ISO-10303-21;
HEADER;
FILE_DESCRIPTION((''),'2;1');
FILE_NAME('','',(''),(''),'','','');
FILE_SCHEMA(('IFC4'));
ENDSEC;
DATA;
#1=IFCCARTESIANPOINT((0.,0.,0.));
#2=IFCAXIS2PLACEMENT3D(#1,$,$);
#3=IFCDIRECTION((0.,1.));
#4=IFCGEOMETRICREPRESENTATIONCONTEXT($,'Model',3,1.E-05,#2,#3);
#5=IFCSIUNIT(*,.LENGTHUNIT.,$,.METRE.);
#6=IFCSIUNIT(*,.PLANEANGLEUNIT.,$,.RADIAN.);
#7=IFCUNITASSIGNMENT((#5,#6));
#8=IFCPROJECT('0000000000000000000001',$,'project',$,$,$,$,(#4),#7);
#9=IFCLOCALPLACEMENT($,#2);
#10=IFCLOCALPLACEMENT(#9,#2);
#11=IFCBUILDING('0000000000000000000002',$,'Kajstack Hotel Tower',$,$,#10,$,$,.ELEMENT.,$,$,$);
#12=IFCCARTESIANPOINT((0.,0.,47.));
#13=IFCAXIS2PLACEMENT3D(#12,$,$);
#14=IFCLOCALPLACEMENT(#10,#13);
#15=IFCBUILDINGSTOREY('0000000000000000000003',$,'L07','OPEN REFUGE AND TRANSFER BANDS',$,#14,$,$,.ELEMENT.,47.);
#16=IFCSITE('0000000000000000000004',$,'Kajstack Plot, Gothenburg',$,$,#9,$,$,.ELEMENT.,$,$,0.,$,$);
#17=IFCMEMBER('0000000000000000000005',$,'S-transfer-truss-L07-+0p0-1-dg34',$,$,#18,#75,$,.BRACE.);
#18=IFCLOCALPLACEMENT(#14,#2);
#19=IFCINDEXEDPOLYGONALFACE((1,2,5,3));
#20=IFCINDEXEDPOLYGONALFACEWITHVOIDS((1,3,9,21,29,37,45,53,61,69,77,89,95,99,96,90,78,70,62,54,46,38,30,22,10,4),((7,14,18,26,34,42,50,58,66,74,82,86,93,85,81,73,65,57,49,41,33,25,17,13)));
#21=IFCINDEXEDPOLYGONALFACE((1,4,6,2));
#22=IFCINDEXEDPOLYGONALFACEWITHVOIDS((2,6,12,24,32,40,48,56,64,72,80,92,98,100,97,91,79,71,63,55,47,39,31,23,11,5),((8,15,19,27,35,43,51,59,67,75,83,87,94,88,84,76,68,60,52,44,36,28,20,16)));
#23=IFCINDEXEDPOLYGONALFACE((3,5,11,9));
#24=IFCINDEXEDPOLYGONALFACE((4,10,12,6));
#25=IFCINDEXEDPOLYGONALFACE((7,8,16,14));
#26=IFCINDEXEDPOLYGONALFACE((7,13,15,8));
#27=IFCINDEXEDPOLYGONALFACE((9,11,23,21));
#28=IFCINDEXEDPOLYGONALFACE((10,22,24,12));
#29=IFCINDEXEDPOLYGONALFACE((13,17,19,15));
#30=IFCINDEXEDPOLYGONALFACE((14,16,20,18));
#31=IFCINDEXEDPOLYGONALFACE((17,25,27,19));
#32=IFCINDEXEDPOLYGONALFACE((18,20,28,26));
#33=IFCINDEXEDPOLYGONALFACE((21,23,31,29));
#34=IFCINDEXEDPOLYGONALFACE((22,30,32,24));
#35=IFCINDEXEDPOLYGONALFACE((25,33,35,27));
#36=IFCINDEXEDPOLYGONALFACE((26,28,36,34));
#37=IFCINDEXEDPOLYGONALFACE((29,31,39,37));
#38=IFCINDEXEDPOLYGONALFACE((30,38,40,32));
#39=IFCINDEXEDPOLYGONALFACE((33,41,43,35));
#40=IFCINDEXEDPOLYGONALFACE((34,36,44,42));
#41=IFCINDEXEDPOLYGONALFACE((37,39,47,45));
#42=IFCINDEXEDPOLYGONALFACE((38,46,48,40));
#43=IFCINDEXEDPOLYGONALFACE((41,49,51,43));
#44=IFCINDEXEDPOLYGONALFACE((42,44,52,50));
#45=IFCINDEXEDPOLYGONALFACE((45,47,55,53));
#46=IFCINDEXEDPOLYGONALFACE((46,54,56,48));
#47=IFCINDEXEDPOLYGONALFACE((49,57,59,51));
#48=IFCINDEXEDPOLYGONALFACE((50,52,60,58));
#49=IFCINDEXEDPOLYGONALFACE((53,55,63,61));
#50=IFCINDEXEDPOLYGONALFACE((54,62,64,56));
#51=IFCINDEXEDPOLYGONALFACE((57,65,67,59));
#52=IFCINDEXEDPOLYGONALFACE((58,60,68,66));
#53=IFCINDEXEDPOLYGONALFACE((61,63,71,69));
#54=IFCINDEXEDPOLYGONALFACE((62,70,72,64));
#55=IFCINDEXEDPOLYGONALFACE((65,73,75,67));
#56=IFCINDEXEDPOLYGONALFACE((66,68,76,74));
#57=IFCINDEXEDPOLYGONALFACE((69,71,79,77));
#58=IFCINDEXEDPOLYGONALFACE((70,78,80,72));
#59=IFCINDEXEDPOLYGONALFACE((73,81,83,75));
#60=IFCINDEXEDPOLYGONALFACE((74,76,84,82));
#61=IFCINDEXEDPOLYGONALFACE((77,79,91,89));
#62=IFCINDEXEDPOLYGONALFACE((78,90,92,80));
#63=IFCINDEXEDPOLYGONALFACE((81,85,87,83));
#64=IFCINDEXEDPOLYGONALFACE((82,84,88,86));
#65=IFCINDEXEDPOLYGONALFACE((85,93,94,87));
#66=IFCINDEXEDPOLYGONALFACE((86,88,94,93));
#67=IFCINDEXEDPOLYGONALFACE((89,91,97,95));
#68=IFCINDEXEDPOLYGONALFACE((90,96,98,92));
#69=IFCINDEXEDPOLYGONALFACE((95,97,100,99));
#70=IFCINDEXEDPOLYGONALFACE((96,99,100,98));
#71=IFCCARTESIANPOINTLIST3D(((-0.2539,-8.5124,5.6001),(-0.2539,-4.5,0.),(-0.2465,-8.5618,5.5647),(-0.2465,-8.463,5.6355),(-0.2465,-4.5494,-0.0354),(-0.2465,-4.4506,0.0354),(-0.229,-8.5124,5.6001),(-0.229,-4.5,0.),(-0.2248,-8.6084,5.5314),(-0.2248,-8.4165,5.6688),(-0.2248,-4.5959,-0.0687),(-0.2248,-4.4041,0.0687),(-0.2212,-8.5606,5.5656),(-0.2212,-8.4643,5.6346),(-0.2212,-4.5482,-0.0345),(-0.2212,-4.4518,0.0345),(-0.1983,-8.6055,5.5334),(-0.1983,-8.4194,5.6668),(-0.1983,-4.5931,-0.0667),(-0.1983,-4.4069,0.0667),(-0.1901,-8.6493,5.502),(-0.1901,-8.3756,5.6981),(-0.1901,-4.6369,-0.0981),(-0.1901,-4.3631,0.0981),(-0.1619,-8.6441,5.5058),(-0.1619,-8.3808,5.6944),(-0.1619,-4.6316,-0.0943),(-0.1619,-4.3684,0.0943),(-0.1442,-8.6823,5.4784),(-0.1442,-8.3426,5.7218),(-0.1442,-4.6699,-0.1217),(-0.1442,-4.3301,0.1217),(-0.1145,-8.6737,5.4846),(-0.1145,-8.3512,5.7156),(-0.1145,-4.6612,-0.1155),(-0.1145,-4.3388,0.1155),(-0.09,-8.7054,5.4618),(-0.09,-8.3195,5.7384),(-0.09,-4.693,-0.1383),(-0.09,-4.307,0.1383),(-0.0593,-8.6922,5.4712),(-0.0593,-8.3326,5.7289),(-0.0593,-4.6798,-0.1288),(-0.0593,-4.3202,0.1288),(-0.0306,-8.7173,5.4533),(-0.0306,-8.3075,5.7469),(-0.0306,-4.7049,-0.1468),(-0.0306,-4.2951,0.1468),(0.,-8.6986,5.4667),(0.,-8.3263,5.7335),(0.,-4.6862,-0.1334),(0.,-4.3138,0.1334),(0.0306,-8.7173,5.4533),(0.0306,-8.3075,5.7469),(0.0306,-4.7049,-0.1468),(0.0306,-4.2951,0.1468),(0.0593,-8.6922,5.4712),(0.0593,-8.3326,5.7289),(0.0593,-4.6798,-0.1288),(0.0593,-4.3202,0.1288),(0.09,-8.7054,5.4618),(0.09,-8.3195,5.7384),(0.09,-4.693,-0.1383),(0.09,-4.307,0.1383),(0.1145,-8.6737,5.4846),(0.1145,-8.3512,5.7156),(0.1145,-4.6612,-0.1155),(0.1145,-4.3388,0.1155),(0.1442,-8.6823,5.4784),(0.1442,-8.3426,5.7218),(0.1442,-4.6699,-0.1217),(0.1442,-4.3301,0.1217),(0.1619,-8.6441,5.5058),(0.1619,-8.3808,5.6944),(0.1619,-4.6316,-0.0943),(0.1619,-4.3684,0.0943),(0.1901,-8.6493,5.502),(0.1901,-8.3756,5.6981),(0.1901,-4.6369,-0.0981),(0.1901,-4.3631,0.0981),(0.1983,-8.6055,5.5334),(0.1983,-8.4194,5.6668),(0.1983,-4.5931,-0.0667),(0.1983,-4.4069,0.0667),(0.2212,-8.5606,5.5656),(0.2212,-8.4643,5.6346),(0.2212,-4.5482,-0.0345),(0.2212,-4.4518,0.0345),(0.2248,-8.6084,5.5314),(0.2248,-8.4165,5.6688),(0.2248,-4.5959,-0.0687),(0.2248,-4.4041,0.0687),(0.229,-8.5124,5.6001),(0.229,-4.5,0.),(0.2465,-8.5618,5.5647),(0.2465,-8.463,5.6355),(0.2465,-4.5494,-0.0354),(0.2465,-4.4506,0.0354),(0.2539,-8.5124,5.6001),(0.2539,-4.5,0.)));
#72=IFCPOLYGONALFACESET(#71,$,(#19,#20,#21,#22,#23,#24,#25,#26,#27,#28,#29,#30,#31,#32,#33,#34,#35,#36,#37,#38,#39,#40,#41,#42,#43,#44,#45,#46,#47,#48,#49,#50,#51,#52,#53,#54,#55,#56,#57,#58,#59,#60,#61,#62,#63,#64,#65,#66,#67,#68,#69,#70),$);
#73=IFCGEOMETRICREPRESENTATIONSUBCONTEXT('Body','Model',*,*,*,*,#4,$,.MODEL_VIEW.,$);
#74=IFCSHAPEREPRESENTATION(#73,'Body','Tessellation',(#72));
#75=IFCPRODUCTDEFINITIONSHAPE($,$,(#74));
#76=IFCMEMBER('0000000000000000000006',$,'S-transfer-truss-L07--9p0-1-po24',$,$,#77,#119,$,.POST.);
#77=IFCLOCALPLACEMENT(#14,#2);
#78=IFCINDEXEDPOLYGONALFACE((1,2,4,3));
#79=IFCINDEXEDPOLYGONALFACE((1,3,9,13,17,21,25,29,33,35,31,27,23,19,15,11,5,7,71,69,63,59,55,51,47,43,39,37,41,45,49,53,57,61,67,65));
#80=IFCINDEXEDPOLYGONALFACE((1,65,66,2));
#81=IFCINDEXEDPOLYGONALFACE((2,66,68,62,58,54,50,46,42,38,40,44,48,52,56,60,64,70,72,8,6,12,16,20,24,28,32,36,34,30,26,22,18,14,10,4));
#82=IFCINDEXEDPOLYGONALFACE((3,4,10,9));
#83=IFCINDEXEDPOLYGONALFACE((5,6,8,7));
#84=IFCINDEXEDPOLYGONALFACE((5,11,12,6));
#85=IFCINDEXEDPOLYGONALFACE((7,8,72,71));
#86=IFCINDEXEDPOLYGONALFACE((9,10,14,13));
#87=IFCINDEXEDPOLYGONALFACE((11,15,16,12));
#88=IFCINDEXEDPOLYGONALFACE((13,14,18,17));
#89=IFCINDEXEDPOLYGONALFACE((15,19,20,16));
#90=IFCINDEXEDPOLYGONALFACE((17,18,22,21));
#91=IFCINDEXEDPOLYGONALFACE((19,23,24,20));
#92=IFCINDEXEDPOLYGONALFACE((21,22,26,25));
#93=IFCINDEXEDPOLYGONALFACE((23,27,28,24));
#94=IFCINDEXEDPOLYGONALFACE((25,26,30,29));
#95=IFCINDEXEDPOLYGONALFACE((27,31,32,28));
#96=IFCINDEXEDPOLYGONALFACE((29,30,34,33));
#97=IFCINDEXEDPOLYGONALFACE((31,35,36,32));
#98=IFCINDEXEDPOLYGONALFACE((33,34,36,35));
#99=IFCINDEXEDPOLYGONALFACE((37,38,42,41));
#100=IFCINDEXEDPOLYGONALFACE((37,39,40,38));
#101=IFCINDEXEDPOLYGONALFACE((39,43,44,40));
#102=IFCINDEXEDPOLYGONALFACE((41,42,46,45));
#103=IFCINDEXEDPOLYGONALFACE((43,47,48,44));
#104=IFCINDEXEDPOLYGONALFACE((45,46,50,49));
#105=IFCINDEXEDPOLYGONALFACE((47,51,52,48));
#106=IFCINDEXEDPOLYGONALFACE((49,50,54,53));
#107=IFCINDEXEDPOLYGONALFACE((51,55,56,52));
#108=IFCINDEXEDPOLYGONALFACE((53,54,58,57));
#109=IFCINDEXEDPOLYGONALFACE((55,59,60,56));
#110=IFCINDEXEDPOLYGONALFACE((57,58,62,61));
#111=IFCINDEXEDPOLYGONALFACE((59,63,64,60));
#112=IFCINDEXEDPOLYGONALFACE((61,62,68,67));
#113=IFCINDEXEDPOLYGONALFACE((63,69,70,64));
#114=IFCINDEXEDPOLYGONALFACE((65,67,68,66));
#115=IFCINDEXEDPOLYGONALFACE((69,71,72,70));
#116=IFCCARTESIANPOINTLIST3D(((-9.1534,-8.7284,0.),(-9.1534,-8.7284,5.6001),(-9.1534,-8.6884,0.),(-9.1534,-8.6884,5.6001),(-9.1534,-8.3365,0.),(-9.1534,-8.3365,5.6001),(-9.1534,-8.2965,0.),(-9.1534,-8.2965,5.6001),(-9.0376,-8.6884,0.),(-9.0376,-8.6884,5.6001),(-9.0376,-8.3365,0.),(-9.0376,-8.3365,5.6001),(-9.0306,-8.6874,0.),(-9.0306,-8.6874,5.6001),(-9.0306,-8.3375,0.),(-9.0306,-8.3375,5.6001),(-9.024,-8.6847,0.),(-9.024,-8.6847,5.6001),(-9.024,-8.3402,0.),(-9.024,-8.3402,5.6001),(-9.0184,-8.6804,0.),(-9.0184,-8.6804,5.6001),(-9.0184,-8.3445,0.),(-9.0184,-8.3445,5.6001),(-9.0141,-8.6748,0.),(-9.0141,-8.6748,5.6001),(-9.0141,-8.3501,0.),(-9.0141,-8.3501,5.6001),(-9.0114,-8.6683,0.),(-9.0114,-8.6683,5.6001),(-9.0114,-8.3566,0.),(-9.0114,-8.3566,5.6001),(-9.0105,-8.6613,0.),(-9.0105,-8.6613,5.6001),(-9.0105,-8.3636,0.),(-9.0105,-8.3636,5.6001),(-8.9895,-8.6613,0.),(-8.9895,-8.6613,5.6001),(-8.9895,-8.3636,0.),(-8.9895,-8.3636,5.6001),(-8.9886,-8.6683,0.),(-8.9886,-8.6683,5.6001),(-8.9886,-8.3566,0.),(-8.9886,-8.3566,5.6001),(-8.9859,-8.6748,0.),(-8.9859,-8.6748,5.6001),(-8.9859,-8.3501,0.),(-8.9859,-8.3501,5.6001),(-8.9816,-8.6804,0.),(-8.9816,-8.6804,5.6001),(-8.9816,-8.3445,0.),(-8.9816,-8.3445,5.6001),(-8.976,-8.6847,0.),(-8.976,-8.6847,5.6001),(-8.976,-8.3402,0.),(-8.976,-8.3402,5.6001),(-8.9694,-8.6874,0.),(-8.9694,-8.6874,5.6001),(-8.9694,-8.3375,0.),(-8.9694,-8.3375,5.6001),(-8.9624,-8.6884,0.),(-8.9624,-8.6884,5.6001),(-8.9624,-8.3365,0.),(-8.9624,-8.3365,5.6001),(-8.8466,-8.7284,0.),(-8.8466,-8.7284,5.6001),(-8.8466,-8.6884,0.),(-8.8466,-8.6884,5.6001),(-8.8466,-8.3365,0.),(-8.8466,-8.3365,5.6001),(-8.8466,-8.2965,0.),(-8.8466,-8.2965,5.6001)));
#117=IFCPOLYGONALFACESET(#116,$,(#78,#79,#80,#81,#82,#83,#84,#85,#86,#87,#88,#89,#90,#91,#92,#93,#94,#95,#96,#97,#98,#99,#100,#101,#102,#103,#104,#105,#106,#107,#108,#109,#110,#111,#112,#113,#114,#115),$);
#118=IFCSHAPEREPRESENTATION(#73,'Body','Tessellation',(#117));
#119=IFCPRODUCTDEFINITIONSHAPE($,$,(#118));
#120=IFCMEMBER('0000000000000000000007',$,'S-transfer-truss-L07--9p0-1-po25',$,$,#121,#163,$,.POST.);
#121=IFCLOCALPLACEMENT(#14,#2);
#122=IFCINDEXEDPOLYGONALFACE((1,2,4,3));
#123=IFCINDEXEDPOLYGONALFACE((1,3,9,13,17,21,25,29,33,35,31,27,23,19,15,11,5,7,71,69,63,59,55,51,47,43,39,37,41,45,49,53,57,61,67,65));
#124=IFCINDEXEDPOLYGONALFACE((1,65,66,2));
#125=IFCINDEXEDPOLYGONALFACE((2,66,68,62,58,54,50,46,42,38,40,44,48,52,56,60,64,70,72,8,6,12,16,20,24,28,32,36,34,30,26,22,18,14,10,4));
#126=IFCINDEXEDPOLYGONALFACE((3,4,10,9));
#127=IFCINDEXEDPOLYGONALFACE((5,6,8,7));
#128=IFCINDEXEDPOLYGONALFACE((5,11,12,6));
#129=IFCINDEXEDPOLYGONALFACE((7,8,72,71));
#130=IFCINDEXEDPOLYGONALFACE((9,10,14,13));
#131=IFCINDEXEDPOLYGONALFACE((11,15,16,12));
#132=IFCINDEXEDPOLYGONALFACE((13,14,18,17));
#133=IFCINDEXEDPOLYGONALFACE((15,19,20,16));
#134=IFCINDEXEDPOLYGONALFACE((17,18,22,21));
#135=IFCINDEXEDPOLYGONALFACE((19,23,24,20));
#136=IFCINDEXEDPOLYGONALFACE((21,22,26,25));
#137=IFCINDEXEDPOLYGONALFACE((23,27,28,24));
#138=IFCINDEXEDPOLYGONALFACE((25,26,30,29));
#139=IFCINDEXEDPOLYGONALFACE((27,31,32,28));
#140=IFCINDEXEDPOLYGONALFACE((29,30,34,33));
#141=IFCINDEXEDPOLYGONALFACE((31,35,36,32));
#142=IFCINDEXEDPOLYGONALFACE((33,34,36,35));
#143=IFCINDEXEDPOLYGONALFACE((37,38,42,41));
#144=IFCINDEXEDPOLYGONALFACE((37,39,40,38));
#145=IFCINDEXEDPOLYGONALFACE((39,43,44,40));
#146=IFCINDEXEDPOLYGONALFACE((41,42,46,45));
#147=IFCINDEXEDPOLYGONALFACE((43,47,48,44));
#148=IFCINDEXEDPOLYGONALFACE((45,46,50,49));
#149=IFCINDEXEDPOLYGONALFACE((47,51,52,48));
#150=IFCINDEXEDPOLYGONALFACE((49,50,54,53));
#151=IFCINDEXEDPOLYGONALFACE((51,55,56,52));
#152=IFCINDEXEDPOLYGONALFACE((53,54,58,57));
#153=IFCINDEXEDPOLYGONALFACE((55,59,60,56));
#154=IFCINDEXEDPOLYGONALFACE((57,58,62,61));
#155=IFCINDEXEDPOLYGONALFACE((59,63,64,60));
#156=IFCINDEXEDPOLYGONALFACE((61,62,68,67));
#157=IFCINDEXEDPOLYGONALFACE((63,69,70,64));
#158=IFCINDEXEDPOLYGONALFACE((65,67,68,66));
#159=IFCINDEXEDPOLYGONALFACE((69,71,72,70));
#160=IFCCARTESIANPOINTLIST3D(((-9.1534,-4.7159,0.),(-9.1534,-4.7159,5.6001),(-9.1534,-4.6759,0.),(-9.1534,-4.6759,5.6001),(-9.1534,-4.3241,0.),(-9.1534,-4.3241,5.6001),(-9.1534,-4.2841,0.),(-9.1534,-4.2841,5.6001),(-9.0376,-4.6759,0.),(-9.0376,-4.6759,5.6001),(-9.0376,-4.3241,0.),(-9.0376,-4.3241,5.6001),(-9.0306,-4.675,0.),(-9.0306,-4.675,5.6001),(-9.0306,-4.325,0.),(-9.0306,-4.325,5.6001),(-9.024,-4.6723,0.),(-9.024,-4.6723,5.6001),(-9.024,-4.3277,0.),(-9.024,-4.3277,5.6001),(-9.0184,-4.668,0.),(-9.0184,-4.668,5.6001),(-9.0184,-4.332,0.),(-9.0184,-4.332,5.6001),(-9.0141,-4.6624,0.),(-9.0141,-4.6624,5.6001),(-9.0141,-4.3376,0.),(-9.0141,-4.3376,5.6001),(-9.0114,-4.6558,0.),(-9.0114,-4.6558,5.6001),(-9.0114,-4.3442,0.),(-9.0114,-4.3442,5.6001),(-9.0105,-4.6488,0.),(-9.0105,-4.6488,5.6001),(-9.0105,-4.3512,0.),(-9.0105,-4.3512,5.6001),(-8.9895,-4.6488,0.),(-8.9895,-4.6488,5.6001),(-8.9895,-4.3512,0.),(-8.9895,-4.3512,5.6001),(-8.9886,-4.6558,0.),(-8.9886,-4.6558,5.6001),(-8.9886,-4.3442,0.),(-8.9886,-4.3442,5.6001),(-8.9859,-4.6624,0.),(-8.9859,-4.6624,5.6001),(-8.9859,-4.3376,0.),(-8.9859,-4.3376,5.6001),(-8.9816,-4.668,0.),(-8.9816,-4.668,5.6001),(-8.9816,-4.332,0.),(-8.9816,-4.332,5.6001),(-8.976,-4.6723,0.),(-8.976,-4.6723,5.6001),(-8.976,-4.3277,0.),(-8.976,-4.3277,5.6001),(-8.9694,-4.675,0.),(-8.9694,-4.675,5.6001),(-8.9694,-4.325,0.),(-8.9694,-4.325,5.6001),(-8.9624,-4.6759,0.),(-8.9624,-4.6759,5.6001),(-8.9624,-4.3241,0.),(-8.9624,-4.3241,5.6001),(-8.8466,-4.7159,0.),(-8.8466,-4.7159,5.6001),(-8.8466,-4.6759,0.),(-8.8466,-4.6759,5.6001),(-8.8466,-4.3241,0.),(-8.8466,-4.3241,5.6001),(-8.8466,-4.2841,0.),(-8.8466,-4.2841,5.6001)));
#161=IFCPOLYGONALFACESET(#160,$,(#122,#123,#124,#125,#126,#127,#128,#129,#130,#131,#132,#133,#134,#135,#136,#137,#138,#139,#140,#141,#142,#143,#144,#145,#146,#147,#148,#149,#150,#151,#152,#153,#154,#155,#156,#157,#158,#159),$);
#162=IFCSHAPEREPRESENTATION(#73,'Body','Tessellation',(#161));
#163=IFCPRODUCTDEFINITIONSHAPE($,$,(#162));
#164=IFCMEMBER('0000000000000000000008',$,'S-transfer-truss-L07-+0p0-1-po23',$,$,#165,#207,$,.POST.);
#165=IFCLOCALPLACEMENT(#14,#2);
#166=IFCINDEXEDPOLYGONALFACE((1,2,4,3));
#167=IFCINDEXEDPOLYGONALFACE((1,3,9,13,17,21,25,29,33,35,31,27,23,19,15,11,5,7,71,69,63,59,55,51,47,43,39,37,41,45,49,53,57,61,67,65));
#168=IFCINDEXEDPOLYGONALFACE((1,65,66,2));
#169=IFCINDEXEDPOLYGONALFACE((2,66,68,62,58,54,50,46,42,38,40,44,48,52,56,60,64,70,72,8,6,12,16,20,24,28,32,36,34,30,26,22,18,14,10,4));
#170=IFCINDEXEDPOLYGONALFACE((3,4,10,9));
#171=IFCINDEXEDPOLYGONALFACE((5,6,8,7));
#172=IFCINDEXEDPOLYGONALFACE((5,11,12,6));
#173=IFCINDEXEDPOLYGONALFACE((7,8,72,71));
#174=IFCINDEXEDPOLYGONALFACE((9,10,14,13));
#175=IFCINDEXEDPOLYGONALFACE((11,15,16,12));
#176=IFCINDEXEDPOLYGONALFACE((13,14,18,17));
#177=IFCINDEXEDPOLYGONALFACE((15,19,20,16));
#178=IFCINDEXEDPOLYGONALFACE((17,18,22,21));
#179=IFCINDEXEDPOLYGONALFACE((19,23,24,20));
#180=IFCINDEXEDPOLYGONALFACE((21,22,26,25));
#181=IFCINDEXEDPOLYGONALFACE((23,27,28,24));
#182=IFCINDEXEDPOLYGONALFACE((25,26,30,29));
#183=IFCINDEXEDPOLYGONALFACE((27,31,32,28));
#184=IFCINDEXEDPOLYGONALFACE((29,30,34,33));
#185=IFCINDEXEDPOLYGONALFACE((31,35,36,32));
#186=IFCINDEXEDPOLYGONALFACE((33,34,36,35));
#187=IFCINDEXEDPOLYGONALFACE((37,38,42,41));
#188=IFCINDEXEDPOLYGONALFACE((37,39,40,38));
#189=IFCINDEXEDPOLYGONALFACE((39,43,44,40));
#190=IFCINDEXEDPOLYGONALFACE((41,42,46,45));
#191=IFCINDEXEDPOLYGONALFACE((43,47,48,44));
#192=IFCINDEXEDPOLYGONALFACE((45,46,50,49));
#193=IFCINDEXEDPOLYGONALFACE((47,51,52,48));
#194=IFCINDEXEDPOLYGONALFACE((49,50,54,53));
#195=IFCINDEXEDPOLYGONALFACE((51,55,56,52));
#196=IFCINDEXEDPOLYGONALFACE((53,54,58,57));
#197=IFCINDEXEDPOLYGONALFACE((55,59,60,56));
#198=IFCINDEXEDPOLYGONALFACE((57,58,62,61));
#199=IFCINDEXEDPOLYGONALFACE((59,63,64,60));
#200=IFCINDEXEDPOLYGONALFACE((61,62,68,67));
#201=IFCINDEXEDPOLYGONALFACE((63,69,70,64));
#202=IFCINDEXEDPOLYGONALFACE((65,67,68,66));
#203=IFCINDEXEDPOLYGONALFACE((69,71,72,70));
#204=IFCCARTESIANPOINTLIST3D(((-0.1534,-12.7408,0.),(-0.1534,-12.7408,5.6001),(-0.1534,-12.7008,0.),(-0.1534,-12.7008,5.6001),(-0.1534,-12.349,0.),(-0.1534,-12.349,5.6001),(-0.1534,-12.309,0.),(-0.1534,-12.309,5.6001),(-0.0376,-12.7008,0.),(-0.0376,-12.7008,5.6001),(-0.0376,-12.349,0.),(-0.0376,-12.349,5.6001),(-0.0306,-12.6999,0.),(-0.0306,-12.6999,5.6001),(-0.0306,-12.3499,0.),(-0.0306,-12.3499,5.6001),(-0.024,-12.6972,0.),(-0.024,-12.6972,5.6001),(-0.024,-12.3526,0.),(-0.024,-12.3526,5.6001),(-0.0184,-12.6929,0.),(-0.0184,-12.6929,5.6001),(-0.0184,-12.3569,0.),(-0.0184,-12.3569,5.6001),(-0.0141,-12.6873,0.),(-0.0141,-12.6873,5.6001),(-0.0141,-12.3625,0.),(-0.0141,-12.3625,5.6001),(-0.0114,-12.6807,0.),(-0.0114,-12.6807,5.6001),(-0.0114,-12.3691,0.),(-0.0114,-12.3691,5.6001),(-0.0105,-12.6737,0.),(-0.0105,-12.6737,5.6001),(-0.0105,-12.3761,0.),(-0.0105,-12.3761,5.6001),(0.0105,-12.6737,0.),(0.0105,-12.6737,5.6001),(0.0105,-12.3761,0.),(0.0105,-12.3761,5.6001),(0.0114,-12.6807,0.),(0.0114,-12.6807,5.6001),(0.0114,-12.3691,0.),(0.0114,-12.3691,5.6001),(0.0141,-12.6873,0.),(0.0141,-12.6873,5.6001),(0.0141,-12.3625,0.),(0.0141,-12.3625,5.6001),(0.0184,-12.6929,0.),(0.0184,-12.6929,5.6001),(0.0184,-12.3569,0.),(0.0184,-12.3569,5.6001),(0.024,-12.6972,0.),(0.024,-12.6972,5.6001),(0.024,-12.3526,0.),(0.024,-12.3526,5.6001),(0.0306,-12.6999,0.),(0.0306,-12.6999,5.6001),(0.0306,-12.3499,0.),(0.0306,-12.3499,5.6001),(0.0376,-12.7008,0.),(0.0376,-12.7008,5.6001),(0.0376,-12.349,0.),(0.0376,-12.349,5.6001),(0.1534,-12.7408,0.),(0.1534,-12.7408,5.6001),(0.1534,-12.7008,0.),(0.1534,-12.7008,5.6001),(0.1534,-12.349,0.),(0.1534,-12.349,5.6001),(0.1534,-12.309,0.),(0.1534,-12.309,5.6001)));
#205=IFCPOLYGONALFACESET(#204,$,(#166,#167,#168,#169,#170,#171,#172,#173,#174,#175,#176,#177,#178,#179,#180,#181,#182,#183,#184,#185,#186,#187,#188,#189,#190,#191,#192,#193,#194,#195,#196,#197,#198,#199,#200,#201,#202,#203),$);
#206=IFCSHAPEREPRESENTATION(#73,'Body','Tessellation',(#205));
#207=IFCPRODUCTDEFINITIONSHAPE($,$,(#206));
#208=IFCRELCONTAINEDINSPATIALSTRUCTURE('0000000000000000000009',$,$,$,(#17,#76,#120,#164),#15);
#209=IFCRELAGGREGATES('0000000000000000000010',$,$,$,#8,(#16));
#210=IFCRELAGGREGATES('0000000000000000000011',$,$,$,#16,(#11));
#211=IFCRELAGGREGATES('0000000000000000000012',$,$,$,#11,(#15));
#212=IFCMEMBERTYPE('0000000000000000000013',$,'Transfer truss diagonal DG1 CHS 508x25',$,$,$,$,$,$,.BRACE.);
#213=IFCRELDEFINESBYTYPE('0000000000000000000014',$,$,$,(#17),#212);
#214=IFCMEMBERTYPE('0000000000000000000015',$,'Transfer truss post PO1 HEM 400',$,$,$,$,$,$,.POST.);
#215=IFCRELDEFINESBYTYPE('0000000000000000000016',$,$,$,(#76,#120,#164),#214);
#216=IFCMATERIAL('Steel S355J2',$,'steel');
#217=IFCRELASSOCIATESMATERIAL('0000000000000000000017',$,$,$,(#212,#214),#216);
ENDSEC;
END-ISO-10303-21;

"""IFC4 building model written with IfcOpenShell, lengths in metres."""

from ifc_helpers import new_model, si_unit, direction, frame, origin, origin_2d, place, context, subcontext, project, spatial, hollow_circle, i_section, extrude, material, material_profile, profile_set, type_object, element, save


model = new_model("IFC4")

# Units and contexts
model_context = context("Model", 3, precision=1e-05, world=origin(), true_north=direction((0.0, 1.0)))
body_context = subcontext(model_context, "Body", "Model", "MODEL_VIEW")
ifc_project = project(units=[si_unit("LENGTHUNIT", "METRE"), si_unit("PLANEANGLEUNIT", "RADIAN")], contexts=[model_context])

# Site, building, storey
site_placement = place(None, origin())
site = spatial("IfcSite", under=ifc_project, at=site_placement, Name="Kajstack Plot, Gothenburg", CompositionType="ELEMENT", RefElevation=0.0)
building_placement = place(site_placement, origin())
building = spatial("IfcBuilding", under=site, at=building_placement, Name="Kajstack Hotel Tower", CompositionType="ELEMENT")
storey_placement = place(building_placement, frame((0.0, 0.0, 47.0)))
storey = spatial("IfcBuildingStorey", under=building, at=storey_placement, Name="L07", Description="OPEN REFUGE AND TRANSFER BANDS", CompositionType="ELEMENT", Elevation=47.0)

# Members
ifc_material_1 = material(Name="Steel S355J2", Category="steel")
ifc_material_profile_1 = material_profile(ifc_material_1, hollow_circle(Radius=0.2539, WallThickness=0.0249, at=origin_2d()), Name="CHS 508x25")
ifc_profile_set_1 = profile_set([ifc_material_profile_1], Name="Steel S355J2")
member_type_1 = type_object("IfcMemberType", Name="Transfer truss diagonal DG1 CHS 508x25", PredefinedType="BRACE", material=ifc_profile_set_1)
for number, where, z_axis, x_axis, name in (
    (1, (0.0, -4.5, 0.0), (0.0, -0.582428, 0.812883), (1.0, 0.0, 0.0), "S-transfer-truss-L07-+0p0-1-dg34"),
):
    element("IfcMember", number, at=place(storey_placement, frame(where, z_axis=z_axis, x_axis=x_axis)), inside=storey, type_object=member_type_1, Name=name, PredefinedType="BRACE", context=body_context, shape_type="SweptSolid", body=[
        extrude(hollow_circle(Radius=0.2539, WallThickness=0.0249, at=origin_2d()), origin(), (0.0, 0.0, 1.0), 6.8892),
    ])
ifc_material_profile_2 = material_profile(ifc_material_1, i_section(OverallWidth=0.3069, OverallDepth=0.4319, WebThickness=0.021, FlangeThickness=0.04, FilletRadius=0.0271, at=origin_2d()), Name="HEM 400")
ifc_profile_set_2 = profile_set([ifc_material_profile_2], Name="Steel S355J2")
member_type_2 = type_object("IfcMemberType", Name="Transfer truss post PO1 HEM 400", PredefinedType="POST", material=ifc_profile_set_2)
for number, where, z_axis, x_axis, name in (
    (2, (-9.0, -8.5125, 0.0), (0.0, 0.0, 1.0), (1.0, 0.0, 0.0), "S-transfer-truss-L07--9p0-1-po24"),
    (3, (-9.0, -4.5, 0.0), (0.0, 0.0, 1.0), (1.0, 0.0, 0.0), "S-transfer-truss-L07--9p0-1-po25"),
    (4, (0.0, -12.5249, 0.0), (0.0, 0.0, 1.0), (1.0, 0.0, 0.0), "S-transfer-truss-L07-+0p0-1-po23"),
):
    element("IfcMember", number, at=place(storey_placement, frame(where, z_axis=z_axis, x_axis=x_axis)), inside=storey, type_object=member_type_2, Name=name, PredefinedType="POST", context=body_context, shape_type="SweptSolid", body=[
        extrude(i_section(OverallWidth=0.3069, OverallDepth=0.4319, WebThickness=0.021, FlangeThickness=0.04, FilletRadius=0.0271, at=origin_2d()), origin(), (0.0, 0.0, 1.0), 5.6001),
    ])

save(model, "model.ifc")
